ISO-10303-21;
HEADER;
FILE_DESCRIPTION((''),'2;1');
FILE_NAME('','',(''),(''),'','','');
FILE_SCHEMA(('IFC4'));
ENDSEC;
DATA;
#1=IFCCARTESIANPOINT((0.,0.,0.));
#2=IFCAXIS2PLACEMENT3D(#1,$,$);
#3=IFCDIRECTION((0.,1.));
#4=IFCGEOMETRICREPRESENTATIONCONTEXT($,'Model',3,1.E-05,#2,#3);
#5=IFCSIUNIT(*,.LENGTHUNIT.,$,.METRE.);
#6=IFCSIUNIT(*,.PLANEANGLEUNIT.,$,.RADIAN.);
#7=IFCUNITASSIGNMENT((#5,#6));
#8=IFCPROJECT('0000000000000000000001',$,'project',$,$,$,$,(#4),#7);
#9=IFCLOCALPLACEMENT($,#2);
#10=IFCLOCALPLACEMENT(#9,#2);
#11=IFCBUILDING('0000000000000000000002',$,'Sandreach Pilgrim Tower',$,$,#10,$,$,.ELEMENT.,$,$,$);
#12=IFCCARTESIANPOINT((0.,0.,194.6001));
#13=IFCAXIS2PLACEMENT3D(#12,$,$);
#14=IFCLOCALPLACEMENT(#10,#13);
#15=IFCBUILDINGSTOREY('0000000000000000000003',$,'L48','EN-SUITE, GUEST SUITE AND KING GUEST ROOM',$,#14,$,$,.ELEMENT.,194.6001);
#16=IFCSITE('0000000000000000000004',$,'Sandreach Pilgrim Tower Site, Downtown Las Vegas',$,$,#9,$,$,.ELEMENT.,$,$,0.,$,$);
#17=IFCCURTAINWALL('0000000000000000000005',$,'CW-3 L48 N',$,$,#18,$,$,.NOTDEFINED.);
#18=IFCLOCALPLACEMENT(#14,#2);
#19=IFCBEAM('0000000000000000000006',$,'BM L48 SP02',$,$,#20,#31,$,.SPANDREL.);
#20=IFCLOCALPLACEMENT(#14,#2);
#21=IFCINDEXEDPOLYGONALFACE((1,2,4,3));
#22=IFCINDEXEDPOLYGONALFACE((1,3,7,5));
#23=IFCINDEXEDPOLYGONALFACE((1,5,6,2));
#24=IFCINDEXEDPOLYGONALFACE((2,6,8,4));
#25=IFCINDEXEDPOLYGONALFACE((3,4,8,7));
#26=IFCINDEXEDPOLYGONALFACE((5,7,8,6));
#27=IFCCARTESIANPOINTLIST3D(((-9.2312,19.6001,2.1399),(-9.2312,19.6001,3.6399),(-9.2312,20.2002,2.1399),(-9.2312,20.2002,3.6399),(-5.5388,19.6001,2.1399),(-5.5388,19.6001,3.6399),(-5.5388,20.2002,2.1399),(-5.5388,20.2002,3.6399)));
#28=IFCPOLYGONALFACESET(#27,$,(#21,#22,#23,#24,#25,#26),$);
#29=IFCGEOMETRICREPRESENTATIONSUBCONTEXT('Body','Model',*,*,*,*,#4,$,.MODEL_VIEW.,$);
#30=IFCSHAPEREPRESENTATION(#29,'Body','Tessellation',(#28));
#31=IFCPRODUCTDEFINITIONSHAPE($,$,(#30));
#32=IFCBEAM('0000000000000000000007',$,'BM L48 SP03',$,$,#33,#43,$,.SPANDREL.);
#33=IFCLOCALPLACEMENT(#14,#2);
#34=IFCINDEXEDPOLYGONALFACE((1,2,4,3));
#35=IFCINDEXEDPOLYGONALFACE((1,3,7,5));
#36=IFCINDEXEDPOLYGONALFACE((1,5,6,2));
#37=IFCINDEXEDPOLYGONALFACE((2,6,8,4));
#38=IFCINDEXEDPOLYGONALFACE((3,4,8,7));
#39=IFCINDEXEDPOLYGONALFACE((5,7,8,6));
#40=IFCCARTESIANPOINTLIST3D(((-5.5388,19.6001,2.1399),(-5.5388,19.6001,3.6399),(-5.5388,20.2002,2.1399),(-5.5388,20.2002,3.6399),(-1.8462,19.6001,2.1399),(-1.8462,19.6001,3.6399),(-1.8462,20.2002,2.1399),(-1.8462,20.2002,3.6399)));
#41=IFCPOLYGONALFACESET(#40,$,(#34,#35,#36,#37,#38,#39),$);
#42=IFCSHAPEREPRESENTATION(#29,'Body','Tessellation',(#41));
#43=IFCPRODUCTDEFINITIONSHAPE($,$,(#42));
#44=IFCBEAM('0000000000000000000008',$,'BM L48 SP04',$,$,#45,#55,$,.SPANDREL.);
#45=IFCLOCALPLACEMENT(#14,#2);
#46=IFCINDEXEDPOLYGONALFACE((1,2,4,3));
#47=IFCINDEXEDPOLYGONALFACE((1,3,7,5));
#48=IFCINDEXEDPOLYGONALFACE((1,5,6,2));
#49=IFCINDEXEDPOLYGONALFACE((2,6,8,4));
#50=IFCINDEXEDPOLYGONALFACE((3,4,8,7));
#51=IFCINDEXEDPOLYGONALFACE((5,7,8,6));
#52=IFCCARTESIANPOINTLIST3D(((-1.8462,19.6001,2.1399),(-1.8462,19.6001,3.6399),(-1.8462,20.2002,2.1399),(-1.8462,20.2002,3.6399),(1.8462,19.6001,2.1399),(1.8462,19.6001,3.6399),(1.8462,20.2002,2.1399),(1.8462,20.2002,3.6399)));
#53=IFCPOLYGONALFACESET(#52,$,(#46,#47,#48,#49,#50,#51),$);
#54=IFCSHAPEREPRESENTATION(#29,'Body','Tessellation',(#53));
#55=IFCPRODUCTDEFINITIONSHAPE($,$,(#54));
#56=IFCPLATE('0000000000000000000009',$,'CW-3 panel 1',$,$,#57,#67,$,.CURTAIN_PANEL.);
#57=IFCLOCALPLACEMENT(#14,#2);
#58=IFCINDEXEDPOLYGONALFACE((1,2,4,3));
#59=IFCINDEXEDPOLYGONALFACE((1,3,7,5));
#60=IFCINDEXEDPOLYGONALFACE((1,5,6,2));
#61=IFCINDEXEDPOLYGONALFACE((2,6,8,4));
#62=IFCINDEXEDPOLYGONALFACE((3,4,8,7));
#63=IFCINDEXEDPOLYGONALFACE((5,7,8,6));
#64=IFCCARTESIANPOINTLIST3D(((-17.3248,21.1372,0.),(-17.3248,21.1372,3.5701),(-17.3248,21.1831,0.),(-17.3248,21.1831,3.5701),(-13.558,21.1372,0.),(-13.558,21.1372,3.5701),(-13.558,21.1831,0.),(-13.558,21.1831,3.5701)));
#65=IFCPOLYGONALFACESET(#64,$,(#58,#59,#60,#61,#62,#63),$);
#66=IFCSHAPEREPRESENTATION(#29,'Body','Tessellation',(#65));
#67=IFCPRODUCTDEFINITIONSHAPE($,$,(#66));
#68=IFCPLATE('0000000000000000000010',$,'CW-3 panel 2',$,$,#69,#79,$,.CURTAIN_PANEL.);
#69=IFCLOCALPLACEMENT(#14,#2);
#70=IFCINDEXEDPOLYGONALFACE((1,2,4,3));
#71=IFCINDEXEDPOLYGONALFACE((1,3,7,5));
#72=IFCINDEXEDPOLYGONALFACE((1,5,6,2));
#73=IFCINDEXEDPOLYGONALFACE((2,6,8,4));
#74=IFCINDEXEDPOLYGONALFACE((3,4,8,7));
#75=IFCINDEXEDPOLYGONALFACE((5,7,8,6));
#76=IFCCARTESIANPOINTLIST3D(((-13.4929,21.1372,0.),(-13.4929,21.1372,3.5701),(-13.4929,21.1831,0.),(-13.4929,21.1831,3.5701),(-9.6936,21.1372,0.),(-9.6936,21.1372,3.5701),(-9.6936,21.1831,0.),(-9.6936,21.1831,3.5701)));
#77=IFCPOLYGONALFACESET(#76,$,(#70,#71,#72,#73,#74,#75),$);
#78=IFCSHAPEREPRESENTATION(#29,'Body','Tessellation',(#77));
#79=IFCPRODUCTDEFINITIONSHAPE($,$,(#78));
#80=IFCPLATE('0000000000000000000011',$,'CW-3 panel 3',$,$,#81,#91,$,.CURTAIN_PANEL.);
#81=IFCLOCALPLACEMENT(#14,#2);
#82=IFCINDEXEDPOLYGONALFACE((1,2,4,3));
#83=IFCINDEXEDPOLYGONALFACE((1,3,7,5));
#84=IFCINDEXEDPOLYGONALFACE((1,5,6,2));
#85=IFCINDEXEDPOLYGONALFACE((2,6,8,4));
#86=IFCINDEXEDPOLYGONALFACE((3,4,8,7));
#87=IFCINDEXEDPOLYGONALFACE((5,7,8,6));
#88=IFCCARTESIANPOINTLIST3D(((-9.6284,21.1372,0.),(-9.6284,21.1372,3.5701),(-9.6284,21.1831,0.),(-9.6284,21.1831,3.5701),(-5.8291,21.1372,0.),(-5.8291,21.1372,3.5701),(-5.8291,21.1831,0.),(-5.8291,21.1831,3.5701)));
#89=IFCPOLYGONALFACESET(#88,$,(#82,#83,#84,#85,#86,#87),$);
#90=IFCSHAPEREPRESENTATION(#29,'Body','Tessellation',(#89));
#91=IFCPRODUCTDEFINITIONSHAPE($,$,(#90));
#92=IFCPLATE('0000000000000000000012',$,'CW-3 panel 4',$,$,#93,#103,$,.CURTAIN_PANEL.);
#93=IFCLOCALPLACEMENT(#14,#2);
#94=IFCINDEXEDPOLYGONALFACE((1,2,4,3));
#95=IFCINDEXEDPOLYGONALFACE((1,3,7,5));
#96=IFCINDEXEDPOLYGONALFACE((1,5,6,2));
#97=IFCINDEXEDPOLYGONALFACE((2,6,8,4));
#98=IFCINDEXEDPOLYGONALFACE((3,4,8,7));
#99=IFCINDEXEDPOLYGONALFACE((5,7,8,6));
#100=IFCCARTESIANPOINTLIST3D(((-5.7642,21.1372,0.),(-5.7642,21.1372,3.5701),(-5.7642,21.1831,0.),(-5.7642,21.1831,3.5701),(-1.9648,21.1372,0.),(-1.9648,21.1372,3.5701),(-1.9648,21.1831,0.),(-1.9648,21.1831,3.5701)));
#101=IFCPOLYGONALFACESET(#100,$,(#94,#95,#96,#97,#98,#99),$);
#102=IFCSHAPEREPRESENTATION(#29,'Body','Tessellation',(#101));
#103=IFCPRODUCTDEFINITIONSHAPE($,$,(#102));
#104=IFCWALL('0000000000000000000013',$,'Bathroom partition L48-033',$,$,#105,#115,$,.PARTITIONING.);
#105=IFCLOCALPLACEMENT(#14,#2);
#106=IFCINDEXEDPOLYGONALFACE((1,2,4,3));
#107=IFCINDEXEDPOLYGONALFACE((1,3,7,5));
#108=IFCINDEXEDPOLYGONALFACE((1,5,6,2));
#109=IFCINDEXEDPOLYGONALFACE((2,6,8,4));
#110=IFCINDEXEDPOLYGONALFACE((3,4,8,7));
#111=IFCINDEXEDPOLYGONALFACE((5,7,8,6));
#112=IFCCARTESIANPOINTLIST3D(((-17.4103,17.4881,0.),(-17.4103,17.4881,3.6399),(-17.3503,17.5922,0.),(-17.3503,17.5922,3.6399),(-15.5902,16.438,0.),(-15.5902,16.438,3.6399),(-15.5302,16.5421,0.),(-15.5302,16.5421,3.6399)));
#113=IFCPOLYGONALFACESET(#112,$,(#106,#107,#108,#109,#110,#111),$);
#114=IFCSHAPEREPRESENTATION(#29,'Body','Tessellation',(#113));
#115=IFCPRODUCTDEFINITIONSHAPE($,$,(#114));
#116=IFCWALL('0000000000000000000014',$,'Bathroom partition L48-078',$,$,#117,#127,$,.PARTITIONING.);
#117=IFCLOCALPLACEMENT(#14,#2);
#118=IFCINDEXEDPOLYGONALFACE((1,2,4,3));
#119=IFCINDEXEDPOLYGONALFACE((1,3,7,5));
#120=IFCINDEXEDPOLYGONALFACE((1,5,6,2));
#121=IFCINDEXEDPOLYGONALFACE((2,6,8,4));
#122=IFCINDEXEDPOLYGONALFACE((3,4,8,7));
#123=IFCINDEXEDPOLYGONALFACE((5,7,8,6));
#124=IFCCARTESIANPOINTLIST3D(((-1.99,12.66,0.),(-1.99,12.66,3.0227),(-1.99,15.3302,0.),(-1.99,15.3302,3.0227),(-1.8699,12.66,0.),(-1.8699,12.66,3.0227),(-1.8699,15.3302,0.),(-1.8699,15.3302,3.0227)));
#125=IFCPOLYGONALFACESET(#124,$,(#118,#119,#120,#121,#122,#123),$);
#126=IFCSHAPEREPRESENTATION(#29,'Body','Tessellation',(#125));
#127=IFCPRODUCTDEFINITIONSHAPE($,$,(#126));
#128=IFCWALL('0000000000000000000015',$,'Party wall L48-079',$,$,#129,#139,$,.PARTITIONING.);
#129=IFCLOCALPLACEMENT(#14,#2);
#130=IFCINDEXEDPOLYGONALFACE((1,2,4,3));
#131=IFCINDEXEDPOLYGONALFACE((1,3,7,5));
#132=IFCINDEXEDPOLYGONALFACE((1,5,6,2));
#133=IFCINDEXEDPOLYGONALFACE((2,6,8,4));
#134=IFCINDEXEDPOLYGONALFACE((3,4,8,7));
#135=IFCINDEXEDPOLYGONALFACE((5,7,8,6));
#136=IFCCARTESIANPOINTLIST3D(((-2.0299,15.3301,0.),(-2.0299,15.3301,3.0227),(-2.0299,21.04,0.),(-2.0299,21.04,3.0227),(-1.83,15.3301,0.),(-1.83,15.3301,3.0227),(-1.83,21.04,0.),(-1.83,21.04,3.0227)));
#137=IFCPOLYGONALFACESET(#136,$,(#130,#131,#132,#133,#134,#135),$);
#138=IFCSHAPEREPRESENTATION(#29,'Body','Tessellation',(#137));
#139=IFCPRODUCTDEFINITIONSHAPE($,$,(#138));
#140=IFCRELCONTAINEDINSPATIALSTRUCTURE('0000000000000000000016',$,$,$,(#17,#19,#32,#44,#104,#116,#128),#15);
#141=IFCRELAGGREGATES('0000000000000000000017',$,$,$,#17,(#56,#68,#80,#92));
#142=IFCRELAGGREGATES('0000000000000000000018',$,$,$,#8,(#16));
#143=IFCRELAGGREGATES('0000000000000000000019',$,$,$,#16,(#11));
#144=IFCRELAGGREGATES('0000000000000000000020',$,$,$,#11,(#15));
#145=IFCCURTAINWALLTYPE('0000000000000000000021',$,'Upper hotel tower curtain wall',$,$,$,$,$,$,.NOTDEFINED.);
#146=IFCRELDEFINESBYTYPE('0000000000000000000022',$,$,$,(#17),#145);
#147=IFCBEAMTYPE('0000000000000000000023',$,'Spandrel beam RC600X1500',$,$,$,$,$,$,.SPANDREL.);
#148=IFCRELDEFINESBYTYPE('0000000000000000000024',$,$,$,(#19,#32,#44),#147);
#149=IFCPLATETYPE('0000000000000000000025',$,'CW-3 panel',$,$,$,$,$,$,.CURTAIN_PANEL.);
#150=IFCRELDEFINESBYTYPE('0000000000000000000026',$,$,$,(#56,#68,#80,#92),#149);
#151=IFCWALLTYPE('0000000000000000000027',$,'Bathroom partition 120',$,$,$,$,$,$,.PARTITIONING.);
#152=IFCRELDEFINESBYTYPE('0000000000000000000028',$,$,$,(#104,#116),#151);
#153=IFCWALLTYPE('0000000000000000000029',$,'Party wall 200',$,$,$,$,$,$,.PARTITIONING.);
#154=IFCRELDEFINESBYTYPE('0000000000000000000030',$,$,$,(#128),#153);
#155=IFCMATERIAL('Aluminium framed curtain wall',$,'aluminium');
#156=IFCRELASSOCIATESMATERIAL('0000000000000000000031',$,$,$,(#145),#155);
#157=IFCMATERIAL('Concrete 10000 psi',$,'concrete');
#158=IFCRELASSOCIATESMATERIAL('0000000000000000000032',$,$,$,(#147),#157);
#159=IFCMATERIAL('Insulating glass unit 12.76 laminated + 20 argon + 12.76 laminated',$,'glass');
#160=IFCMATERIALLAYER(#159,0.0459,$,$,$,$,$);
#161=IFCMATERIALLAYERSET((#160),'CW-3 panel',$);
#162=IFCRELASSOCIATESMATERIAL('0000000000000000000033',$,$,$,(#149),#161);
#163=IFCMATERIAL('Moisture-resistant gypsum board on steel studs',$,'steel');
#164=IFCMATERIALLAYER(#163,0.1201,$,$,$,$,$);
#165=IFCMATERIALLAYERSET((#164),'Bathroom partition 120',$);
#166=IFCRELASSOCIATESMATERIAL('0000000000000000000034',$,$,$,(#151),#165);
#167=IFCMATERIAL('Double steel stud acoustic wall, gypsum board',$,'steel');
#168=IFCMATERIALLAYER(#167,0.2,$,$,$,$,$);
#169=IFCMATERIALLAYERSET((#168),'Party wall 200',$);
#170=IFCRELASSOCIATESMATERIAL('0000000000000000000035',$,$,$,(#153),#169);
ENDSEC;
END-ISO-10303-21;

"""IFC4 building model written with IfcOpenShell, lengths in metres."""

from ifc_helpers import new_model, si_unit, direction, frame, frame_2d, origin, origin_2d, place, context, subcontext, project, spatial, rectangle, extrude, material, layer, layer_set, material_profile, profile_set, type_object, element, aggregate, save


model = new_model("IFC4")

# Units and contexts
model_context = context("Model", 3, precision=1e-05, world=origin(), true_north=direction((0.0, 1.0)))
body_context = subcontext(model_context, "Body", "Model", "MODEL_VIEW")
ifc_project = project(units=[si_unit("LENGTHUNIT", "METRE"), si_unit("PLANEANGLEUNIT", "RADIAN")], contexts=[model_context])

# Site, building, storey
site_placement = place(None, origin())
site = spatial("IfcSite", under=ifc_project, at=site_placement, Name="Sandreach Pilgrim Tower Site, Downtown Las Vegas", CompositionType="ELEMENT", RefElevation=0.0)
building_placement = place(site_placement, origin())
building = spatial("IfcBuilding", under=site, at=building_placement, Name="Sandreach Pilgrim Tower", CompositionType="ELEMENT")
storey_placement = place(building_placement, frame((0.0, 0.0, 194.6001)))
storey = spatial("IfcBuildingStorey", under=building, at=storey_placement, Name="L48", Description="EN-SUITE, GUEST SUITE AND KING GUEST ROOM", CompositionType="ELEMENT", Elevation=194.6001)

# Curtain wall
ifc_material_1 = material(Name="Aluminium framed curtain wall", Category="aluminium")
curtain_wall_type = type_object("IfcCurtainWallType", Name="Upper hotel tower curtain wall", PredefinedType="NOTDEFINED", material=ifc_material_1)
curtain_wall_placement = place(storey_placement, origin())
curtain_wall = element("IfcCurtainWall", 1, at=curtain_wall_placement, inside=storey, type_object=curtain_wall_type, Name="CW-3 L48 N", PredefinedType="NOTDEFINED")

# Beams
ifc_material_2 = material(Name="Concrete 10000 psi", Category="concrete")
ifc_material_profile_1 = material_profile(ifc_material_2, rectangle(XDim=0.6001, YDim=1.5, at=origin_2d()), Name="RC600X1500")
ifc_profile_set_1 = profile_set([ifc_material_profile_1], Name="Concrete 10000 psi")
beam_type_1 = type_object("IfcBeamType", Name="Spandrel beam RC600X1500", PredefinedType="SPANDREL", material=ifc_profile_set_1)
beam_1_placement = place(storey_placement, frame((-9.2312, 19.9001, 2.8899), z_axis=(1.0, 0.0, 0.0), x_axis=(0.0, 1.0, 0.0)))
element("IfcBeam", 2, at=beam_1_placement, inside=storey, type_object=beam_type_1, Name="BM L48 SP02", PredefinedType="SPANDREL", context=body_context, shape_type="SweptSolid", body=[
    extrude(rectangle(XDim=0.6001, YDim=1.5, at=origin_2d()), origin(), (0.0, 0.0, 1.0), 3.6924),
])
beam_2_placement = place(storey_placement, frame((-5.5388, 19.9001, 2.8899), z_axis=(1.0, 0.0, 0.0), x_axis=(0.0, 1.0, 0.0)))
element("IfcBeam", 3, at=beam_2_placement, inside=storey, type_object=beam_type_1, Name="BM L48 SP03", PredefinedType="SPANDREL", context=body_context, shape_type="SweptSolid", body=[
    extrude(rectangle(XDim=0.6001, YDim=1.5, at=origin_2d()), origin(), (0.0, 0.0, 1.0), 3.6926),
])
beam_3_placement = place(storey_placement, frame((-1.8462, 19.9001, 2.8899), z_axis=(1.0, 0.0, 0.0), x_axis=(0.0, 1.0, 0.0)))
element("IfcBeam", 4, at=beam_3_placement, inside=storey, type_object=beam_type_1, Name="BM L48 SP04", PredefinedType="SPANDREL", context=body_context, shape_type="SweptSolid", body=[
    extrude(rectangle(XDim=0.6001, YDim=1.5, at=origin_2d()), origin(), (0.0, 0.0, 1.0), 3.6924),
])

# Plates
ifc_material_3 = material(Name="Insulating glass unit 12.76 laminated + 20 argon + 12.76 laminated", Category="glass")
ifc_layer_1 = layer(ifc_material_3, 0.0459)
ifc_layer_set_1 = layer_set([ifc_layer_1], Name="CW-3 panel")
plate_type = type_object("IfcPlateType", Name="CW-3 panel", PredefinedType="CURTAIN_PANEL", material=ifc_layer_set_1)
plate_1_placement = place(storey_placement, frame((-15.4414, 21.1602, 0.0), z_axis=(0.0, 0.0, 1.0), x_axis=(1.0, 0.0, 0.0)))
plate_1 = element("IfcPlate", 5, at=plate_1_placement, type_object=plate_type, Name="CW-3 panel 1", PredefinedType="CURTAIN_PANEL", context=body_context, shape_type="SweptSolid", body=[
    extrude(rectangle(XDim=3.7668, YDim=0.0459, at=origin_2d()), origin(), (0.0, 0.0, 1.0), 3.5701),
])
plate_2_placement = place(storey_placement, frame((-11.5933, 21.1602, 0.0), z_axis=(0.0, 0.0, 1.0), x_axis=(1.0, 0.0, 0.0)))
plate_2 = element("IfcPlate", 6, at=plate_2_placement, type_object=plate_type, Name="CW-3 panel 2", PredefinedType="CURTAIN_PANEL", context=body_context, shape_type="SweptSolid", body=[
    extrude(rectangle(XDim=3.7993, YDim=0.0459, at=origin_2d()), origin(), (0.0, 0.0, 1.0), 3.5701),
])
plate_3_placement = place(storey_placement, frame((-7.7288, 21.1602, 0.0), z_axis=(0.0, 0.0, 1.0), x_axis=(1.0, 0.0, 0.0)))
plate_3 = element("IfcPlate", 7, at=plate_3_placement, type_object=plate_type, Name="CW-3 panel 3", PredefinedType="CURTAIN_PANEL", context=body_context, shape_type="SweptSolid", body=[
    extrude(rectangle(XDim=3.7993, YDim=0.0459, at=origin_2d()), origin(), (0.0, 0.0, 1.0), 3.5701),
])
plate_4_placement = place(storey_placement, frame((-3.8645, 21.1602, 0.0), z_axis=(0.0, 0.0, 1.0), x_axis=(1.0, 0.0, 0.0)))
plate_4 = element("IfcPlate", 8, at=plate_4_placement, type_object=plate_type, Name="CW-3 panel 4", PredefinedType="CURTAIN_PANEL", context=body_context, shape_type="SweptSolid", body=[
    extrude(rectangle(XDim=3.7993, YDim=0.0459, at=origin_2d()), origin(), (0.0, 0.0, 1.0), 3.5701),
])
aggregate(curtain_wall, [plate_1, plate_2, plate_3, plate_4])

# Walls
ifc_material_4 = material(Name="Moisture-resistant gypsum board on steel studs", Category="steel")
ifc_layer_2 = layer(ifc_material_4, 0.1201)
ifc_layer_set_2 = layer_set([ifc_layer_2], Name="Bathroom partition 120")
wall_type_1 = type_object("IfcWallType", Name="Bathroom partition 120", PredefinedType="PARTITIONING", material=ifc_layer_set_2)
wall_1_placement = place(storey_placement, frame((-15.5601, 16.49, 0.0), z_axis=(0.0, 0.0, 1.0), x_axis=(-0.866184, 0.499726, 0.0)))
element("IfcWall", 9, at=wall_1_placement, inside=storey, type_object=wall_type_1, Name="Bathroom partition L48-033", PredefinedType="PARTITIONING", context=body_context, shape_type="SweptSolid", body=[
    extrude(rectangle(XDim=2.1013, YDim=0.1201, at=frame_2d((1.0508, 0.0))), origin(), (0.0, 0.0, 1.0), 3.6399),
])
wall_2_placement = place(storey_placement, frame((-1.9299, 15.3301, 0.0), z_axis=(0.0, 0.0, 1.0), x_axis=(0.0, -1.0, 0.0)))
element("IfcWall", 10, at=wall_2_placement, inside=storey, type_object=wall_type_1, Name="Bathroom partition L48-078", PredefinedType="PARTITIONING", context=body_context, shape_type="SweptSolid", body=[
    extrude(rectangle(XDim=2.6702, YDim=0.1201, at=frame_2d((1.335, 0.0))), origin(), (0.0, 0.0, 1.0), 3.0227),
])
ifc_material_5 = material(Name="Double steel stud acoustic wall, gypsum board", Category="steel")
ifc_layer_3 = layer(ifc_material_5, 0.2)
ifc_layer_set_3 = layer_set([ifc_layer_3], Name="Party wall 200")
wall_type_2 = type_object("IfcWallType", Name="Party wall 200", PredefinedType="PARTITIONING", material=ifc_layer_set_3)
wall_3_placement = place(storey_placement, frame((-1.9299, 21.04, 0.0), z_axis=(0.0, 0.0, 1.0), x_axis=(0.0, -1.0, 0.0)))
element("IfcWall", 11, at=wall_3_placement, inside=storey, type_object=wall_type_2, Name="Party wall L48-079", PredefinedType="PARTITIONING", context=body_context, shape_type="SweptSolid", body=[
    extrude(rectangle(XDim=5.71, YDim=0.2, at=frame_2d((2.855, 0.0))), origin(), (0.0, 0.0, 1.0), 3.0227),
])

save(model, "model.ifc")
